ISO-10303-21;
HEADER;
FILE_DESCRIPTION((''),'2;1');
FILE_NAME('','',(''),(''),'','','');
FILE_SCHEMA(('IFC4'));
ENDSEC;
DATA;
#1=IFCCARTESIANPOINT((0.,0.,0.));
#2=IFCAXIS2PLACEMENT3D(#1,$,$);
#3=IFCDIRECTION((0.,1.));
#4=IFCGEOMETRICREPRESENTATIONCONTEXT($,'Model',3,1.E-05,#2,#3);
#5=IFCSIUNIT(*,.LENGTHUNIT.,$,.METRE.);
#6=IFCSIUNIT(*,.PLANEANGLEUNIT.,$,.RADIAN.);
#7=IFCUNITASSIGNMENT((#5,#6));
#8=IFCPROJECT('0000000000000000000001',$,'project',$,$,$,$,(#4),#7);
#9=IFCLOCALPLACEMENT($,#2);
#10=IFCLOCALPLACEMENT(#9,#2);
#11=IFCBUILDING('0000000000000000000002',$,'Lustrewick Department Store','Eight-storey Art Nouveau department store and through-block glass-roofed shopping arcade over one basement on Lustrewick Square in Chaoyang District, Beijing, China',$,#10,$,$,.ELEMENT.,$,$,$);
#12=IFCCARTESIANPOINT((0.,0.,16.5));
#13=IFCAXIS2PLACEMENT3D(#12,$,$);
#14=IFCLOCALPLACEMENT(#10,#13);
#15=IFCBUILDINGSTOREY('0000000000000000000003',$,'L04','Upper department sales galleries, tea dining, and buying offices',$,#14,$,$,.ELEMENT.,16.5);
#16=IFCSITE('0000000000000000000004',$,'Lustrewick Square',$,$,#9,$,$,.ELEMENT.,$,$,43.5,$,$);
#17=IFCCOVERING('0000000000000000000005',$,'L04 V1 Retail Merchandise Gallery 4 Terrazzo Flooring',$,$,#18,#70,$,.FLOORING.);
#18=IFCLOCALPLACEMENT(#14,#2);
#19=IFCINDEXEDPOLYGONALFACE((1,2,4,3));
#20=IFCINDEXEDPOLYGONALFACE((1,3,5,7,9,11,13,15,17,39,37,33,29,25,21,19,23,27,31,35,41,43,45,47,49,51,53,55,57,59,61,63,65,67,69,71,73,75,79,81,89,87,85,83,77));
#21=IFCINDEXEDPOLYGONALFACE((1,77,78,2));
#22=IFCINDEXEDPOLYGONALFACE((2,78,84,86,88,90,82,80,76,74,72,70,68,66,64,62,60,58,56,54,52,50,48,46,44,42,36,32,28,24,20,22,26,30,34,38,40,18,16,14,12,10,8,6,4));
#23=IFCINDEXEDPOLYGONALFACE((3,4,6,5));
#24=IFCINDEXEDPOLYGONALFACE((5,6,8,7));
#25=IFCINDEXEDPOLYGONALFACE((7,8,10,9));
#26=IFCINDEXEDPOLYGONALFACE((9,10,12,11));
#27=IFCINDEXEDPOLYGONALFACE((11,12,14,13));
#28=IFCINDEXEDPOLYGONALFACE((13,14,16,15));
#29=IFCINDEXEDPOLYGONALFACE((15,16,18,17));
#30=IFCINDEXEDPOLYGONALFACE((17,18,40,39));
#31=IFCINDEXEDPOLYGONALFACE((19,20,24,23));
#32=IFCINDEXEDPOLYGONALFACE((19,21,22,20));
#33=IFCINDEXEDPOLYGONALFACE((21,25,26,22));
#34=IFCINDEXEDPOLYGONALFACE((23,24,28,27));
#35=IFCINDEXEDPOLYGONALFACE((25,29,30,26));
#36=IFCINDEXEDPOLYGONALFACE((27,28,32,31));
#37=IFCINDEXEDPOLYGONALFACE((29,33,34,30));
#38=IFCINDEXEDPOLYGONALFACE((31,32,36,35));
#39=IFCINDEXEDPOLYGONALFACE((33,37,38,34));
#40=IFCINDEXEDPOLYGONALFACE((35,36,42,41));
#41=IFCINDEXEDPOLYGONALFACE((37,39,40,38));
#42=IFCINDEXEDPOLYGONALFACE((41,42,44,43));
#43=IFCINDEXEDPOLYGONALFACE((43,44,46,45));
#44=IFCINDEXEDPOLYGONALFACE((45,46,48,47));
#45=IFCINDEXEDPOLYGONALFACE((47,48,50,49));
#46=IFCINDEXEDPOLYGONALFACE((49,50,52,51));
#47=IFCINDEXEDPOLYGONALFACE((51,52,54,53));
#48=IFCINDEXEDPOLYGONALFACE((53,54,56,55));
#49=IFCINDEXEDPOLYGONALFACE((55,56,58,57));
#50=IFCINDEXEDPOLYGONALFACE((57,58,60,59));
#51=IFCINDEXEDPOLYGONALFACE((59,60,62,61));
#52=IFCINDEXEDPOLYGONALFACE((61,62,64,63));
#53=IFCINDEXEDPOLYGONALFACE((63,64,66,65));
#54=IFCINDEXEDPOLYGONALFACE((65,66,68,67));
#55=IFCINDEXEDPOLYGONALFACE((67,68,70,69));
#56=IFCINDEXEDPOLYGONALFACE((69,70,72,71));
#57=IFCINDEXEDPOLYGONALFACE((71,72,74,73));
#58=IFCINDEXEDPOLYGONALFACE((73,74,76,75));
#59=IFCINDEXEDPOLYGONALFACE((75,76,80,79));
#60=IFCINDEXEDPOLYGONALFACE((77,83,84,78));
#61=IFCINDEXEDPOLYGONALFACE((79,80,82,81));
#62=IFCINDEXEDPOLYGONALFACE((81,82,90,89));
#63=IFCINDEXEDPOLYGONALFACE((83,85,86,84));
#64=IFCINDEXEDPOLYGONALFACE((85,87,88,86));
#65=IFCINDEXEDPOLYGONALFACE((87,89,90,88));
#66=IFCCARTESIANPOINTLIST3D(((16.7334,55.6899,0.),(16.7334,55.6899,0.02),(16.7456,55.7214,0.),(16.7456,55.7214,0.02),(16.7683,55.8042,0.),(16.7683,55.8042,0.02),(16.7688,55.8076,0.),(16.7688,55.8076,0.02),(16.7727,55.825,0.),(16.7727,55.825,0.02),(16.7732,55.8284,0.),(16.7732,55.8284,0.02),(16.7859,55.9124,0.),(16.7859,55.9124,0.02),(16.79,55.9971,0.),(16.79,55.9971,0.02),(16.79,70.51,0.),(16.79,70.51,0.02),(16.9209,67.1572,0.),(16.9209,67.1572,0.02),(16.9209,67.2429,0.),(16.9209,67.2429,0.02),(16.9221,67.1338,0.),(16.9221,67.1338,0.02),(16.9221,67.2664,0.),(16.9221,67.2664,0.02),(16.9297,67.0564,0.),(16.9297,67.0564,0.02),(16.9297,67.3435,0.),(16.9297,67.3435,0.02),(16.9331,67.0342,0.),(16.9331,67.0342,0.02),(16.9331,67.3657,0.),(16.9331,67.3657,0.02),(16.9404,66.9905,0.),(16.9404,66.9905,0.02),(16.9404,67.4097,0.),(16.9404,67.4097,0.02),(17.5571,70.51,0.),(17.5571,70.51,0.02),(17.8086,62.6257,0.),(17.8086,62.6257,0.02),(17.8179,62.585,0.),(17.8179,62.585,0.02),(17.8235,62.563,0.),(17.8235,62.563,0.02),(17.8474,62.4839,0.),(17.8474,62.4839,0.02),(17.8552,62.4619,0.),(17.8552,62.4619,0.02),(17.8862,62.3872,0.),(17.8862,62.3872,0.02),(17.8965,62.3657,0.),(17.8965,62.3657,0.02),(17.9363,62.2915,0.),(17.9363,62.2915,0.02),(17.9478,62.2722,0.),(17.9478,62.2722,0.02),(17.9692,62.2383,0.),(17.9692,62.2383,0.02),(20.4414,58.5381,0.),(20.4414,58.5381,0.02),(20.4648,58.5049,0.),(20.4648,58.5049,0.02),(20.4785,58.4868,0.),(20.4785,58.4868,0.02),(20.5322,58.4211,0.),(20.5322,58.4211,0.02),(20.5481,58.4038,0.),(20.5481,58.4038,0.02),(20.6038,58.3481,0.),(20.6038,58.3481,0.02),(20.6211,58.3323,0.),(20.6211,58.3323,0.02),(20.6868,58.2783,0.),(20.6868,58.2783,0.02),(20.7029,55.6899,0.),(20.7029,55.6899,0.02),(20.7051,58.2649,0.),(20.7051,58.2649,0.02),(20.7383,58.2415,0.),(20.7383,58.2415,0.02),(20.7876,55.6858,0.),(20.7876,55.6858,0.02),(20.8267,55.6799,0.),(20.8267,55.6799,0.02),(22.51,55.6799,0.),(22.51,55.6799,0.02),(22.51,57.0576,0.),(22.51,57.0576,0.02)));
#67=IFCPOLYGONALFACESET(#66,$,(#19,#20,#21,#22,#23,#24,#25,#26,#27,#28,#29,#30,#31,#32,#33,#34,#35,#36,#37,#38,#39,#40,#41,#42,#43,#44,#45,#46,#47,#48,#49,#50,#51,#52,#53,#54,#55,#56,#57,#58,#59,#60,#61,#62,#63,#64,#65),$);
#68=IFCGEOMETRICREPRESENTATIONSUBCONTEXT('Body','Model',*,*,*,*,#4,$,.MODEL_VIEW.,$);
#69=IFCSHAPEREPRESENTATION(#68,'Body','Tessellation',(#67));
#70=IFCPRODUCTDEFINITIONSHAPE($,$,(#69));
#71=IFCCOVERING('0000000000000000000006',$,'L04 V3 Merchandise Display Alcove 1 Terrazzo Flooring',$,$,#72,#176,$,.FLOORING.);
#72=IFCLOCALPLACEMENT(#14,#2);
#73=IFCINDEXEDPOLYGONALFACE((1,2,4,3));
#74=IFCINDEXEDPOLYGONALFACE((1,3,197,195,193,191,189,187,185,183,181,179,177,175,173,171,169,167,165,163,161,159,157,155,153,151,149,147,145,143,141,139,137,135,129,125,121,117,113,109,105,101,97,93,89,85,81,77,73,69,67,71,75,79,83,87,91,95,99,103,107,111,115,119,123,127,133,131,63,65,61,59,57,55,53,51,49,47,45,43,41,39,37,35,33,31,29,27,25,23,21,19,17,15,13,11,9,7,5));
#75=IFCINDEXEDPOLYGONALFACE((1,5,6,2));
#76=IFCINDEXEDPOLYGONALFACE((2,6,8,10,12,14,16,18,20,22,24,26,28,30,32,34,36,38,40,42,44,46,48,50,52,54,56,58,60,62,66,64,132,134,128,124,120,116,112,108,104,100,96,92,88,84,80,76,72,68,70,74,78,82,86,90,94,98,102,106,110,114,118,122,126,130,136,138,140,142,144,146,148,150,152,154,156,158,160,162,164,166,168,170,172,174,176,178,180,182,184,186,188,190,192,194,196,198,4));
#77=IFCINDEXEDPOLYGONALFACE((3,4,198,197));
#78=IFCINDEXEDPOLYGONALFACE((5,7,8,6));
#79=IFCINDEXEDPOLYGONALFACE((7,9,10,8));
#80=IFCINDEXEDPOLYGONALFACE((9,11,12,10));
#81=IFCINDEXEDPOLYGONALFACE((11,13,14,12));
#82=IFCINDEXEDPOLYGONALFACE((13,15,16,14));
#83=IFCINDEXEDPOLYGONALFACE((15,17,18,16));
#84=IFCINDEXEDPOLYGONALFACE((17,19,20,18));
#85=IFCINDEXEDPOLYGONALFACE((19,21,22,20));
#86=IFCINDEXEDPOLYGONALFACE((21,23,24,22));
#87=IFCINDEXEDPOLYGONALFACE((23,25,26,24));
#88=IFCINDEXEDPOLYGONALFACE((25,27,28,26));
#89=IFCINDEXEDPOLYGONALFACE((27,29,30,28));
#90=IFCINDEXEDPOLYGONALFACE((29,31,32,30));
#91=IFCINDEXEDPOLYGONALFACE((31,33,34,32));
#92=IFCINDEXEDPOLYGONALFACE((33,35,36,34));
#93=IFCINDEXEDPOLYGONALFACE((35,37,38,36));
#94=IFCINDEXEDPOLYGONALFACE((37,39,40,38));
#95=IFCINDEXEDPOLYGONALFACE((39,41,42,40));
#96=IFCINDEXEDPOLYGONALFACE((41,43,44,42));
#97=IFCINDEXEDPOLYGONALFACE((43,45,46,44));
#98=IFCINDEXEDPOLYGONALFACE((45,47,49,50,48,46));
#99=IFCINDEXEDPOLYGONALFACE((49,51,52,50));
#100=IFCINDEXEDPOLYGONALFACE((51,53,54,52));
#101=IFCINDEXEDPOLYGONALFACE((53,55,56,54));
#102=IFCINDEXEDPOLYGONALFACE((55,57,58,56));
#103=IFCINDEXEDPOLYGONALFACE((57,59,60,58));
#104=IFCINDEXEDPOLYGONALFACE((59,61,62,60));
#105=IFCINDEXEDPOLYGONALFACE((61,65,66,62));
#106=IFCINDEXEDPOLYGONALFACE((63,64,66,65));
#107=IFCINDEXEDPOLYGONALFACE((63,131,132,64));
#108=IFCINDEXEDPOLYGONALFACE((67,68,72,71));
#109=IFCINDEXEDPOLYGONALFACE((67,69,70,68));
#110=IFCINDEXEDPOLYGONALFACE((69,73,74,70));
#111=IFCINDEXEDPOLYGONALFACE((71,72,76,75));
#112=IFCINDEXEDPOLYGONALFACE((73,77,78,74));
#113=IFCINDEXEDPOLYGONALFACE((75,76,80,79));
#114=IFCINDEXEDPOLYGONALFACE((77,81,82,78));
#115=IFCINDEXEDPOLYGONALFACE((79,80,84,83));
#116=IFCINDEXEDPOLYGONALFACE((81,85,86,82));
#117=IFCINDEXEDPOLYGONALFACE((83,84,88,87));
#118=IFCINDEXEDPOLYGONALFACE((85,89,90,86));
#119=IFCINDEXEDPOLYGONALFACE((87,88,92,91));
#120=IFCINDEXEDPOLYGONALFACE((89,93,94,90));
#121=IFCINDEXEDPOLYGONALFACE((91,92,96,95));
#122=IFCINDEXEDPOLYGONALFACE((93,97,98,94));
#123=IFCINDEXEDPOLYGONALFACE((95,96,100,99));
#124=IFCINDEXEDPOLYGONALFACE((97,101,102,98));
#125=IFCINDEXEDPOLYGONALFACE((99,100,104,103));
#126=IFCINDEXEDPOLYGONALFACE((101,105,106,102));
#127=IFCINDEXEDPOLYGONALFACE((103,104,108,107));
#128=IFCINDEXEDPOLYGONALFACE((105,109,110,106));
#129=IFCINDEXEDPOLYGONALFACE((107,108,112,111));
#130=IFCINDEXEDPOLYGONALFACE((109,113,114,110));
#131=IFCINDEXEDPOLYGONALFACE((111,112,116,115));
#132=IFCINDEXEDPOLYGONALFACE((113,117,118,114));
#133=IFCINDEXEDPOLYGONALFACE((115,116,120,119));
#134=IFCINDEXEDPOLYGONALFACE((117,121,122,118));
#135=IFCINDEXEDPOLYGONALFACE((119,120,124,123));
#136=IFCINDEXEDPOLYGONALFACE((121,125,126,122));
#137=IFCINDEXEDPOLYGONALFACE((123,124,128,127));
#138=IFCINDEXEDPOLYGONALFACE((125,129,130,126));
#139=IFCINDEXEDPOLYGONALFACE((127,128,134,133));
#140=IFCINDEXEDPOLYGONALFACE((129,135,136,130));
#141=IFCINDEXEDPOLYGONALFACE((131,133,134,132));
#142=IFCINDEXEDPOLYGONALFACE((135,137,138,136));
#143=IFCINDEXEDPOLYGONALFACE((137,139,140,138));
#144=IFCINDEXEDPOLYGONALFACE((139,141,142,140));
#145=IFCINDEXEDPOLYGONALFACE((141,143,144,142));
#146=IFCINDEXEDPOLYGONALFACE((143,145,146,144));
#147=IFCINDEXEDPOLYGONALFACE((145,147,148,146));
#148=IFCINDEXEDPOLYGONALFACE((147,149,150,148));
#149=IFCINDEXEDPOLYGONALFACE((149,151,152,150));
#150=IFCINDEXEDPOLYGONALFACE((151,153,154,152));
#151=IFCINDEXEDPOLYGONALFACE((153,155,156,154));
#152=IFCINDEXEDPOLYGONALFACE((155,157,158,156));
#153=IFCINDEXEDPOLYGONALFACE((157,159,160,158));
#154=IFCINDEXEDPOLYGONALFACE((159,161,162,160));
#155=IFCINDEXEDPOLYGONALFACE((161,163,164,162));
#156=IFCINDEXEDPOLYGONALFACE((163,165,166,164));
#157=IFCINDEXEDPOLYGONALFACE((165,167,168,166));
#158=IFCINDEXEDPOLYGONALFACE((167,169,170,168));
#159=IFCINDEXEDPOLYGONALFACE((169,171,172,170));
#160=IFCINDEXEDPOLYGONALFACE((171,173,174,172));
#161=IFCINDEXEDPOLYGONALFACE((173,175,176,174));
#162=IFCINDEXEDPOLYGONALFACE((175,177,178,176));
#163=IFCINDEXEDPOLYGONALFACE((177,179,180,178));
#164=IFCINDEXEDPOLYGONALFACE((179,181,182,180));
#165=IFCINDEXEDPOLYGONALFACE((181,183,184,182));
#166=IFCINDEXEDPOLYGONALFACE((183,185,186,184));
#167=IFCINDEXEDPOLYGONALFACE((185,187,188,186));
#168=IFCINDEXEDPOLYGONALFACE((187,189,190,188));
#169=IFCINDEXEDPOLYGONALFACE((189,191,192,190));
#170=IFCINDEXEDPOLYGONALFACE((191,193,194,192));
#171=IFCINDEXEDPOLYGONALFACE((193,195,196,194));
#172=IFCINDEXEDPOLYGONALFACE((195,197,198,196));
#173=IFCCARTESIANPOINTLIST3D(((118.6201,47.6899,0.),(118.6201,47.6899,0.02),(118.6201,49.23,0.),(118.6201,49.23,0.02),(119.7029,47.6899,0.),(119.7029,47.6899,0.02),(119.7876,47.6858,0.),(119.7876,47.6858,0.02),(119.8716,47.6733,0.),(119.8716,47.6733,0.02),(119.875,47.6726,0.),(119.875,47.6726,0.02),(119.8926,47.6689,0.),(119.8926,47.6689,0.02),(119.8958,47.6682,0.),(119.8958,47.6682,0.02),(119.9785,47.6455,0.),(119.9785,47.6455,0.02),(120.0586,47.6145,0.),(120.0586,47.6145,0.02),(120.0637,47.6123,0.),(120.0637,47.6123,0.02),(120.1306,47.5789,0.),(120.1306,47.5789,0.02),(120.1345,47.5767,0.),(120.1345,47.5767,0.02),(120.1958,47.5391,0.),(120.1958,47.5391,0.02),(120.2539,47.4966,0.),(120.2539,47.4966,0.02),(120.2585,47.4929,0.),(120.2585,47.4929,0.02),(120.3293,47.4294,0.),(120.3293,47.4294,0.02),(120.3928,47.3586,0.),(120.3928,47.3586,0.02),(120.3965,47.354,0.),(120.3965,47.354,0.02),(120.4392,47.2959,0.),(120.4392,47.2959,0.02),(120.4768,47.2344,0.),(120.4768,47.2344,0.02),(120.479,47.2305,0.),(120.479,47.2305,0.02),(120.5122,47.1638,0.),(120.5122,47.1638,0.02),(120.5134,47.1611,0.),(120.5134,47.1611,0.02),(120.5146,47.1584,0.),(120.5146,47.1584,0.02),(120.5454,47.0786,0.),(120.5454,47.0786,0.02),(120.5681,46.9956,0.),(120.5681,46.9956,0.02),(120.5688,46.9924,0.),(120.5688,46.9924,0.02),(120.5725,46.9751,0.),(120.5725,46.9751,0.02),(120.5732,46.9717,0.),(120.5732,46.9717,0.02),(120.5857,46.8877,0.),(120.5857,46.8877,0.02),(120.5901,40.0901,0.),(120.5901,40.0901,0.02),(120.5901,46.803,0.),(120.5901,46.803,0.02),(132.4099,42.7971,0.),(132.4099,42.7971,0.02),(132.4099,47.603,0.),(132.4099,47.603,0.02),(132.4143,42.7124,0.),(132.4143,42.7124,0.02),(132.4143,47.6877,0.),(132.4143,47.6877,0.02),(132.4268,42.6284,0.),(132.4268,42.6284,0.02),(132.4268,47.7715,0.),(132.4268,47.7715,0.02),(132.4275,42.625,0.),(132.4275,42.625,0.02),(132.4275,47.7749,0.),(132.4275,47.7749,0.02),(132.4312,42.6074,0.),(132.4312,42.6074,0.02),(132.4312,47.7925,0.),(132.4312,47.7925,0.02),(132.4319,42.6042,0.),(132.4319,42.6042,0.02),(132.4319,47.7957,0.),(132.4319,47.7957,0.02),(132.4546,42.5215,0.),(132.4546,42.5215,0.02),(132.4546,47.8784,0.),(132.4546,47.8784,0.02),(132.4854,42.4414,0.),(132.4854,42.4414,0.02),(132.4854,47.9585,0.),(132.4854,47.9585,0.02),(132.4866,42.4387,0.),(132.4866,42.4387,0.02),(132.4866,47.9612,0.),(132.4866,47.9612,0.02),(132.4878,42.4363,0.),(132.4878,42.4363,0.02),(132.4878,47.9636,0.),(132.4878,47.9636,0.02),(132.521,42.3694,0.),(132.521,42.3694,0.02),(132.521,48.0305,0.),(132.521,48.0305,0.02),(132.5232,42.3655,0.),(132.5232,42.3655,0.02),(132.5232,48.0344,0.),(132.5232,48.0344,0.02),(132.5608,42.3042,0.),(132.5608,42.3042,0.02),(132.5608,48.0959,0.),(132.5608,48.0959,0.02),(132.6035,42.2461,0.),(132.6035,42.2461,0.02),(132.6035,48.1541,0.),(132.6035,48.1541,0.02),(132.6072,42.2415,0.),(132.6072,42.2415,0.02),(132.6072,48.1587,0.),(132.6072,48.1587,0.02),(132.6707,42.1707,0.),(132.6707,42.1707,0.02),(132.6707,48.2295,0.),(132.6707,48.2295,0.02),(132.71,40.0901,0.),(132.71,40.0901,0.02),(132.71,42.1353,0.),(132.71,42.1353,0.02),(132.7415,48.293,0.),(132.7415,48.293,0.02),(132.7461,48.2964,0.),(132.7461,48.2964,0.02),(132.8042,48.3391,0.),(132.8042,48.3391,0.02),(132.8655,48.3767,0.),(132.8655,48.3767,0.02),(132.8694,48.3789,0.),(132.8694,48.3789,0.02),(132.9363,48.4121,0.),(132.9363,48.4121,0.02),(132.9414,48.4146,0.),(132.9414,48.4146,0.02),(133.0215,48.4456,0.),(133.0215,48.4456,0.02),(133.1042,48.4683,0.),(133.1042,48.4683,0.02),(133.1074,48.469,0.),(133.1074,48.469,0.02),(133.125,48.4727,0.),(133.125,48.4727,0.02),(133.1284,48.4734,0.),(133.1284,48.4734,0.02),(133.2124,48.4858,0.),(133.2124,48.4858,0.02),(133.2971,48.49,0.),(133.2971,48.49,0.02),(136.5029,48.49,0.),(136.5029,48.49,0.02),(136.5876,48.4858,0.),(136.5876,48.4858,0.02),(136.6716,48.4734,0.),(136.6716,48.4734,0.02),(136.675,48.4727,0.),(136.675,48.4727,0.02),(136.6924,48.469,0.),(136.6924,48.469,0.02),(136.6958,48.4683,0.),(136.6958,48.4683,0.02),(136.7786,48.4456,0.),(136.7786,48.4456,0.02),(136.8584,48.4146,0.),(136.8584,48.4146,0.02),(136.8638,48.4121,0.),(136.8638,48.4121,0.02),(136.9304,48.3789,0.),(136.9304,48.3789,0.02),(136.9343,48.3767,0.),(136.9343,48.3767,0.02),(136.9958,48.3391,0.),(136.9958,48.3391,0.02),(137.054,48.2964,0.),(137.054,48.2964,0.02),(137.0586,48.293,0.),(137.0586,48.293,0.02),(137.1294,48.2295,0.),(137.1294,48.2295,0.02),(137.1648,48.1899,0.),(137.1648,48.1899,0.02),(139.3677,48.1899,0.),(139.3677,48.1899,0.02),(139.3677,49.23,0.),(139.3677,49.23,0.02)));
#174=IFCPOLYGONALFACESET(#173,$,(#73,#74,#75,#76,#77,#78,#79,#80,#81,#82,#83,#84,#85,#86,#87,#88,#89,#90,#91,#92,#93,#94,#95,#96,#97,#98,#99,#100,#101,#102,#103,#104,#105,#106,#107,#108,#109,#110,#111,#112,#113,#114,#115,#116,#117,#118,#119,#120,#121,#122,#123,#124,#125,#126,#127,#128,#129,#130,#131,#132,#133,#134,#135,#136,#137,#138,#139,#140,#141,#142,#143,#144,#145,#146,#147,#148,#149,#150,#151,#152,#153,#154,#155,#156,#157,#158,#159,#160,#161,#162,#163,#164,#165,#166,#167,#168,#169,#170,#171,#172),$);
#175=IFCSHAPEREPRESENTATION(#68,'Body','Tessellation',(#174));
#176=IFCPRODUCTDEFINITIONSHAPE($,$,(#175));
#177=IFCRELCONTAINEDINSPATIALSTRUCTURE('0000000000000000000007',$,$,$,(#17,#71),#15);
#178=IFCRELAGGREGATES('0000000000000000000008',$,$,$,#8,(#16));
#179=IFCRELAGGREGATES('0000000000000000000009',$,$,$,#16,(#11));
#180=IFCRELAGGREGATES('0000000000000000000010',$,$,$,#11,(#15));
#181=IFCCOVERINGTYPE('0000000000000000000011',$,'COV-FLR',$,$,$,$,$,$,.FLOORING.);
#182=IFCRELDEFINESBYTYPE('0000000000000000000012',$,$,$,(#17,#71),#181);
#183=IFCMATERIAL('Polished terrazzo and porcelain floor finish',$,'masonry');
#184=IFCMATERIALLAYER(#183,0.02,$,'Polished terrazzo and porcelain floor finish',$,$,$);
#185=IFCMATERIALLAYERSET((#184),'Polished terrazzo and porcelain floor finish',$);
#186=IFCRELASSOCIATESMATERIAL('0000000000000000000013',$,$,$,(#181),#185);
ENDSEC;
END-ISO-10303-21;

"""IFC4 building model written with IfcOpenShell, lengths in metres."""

from ifc_helpers import new_model, si_unit, direction, frame, origin, place, context, subcontext, project, spatial, polyline, outline, extrude, material, layer, layer_set, type_object, element, save


model = new_model("IFC4")

# Units and contexts
model_context = context("Model", 3, precision=1e-05, world=origin(), true_north=direction((0.0, 1.0)))
body_context = subcontext(model_context, "Body", "Model", "MODEL_VIEW")
ifc_project = project(units=[si_unit("LENGTHUNIT", "METRE"), si_unit("PLANEANGLEUNIT", "RADIAN")], contexts=[model_context])

# Site, building, storey
site_placement = place(None, origin())
site = spatial("IfcSite", under=ifc_project, at=site_placement, Name="Lustrewick Square", CompositionType="ELEMENT", RefElevation=43.5)
building_placement = place(site_placement, origin())
building = spatial("IfcBuilding", under=site, at=building_placement, Name="Lustrewick Department Store", Description="Eight-storey Art Nouveau department store and through-block glass-roofed shopping arcade over one basement on Lustrewick Square in Chaoyang District, Beijing, China", CompositionType="ELEMENT")
storey_placement = place(building_placement, frame((0.0, 0.0, 16.5)))
storey = spatial("IfcBuildingStorey", under=building, at=storey_placement, Name="L04", Description="Upper department sales galleries, tea dining, and buying offices", CompositionType="ELEMENT", Elevation=16.5)

# Coverings
ifc_material_1 = material(Name="Polished terrazzo and porcelain floor finish", Category="masonry")
ifc_layer_1 = layer(ifc_material_1, 0.02, Name="Polished terrazzo and porcelain floor finish")
ifc_layer_set_1 = layer_set([ifc_layer_1], Name="Polished terrazzo and porcelain floor finish")
covering_type_1 = type_object("IfcCoveringType", Name="COV-FLR", PredefinedType="FLOORING", material=ifc_layer_set_1)
covering_1_placement = place(storey_placement, origin())
element("IfcCovering", 1, at=covering_1_placement, inside=storey, type_object=covering_type_1, Name="L04 V1 Retail Merchandise Gallery 4 Terrazzo Flooring", PredefinedType="FLOORING", context=body_context, shape_type="SweptSolid", body=[
    extrude(outline(polyline([(20.7029, 55.6899), (20.7876, 55.6858), (20.8267, 55.6799), (22.51, 55.6799), (22.51, 57.0576), (20.7383, 58.2415), (20.7051, 58.2649), (20.6868, 58.2783), (20.6211, 58.3323), (20.6038, 58.3481), (20.5481, 58.4038), (20.5322, 58.4211), (20.4785, 58.4868), (20.4648, 58.5049), (20.4414, 58.5381), (17.9692, 62.2383), (17.9478, 62.2722), (17.9363, 62.2915), (17.8965, 62.3657), (17.8862, 62.3872), (17.8552, 62.4619), (17.8474, 62.4839), (17.8235, 62.563), (17.8179, 62.585), (17.8086, 62.6257), (16.9404, 66.9905), (16.9331, 67.0342), (16.9297, 67.0564), (16.9221, 67.1338), (16.9209, 67.1572), (16.9209, 67.2429), (16.9221, 67.2664), (16.9297, 67.3435), (16.9331, 67.3657), (16.9404, 67.4097), (17.5571, 70.51), (16.79, 70.51), (16.79, 55.9971), (16.7859, 55.9124), (16.7732, 55.8284), (16.7727, 55.825), (16.7688, 55.8076), (16.7683, 55.8042), (16.7456, 55.7214), (16.7334, 55.6899), (20.7029, 55.6899)])), origin(), (0.0, 0.0, 1.0), 0.02),
])
covering_2_placement = place(storey_placement, origin())
element("IfcCovering", 2, at=covering_2_placement, inside=storey, type_object=covering_type_1, Name="L04 V3 Merchandise Display Alcove 1 Terrazzo Flooring", PredefinedType="FLOORING", context=body_context, shape_type="SweptSolid", body=[
    extrude(outline(polyline([(118.6201, 49.23), (118.6201, 47.6899), (119.7029, 47.6899), (119.7876, 47.6858), (119.8716, 47.6733), (119.875, 47.6726), (119.8926, 47.6689), (119.8958, 47.6682), (119.9785, 47.6455), (120.0586, 47.6145), (120.0637, 47.6123), (120.1306, 47.5789), (120.1345, 47.5767), (120.1958, 47.5391), (120.2539, 47.4966), (120.2585, 47.4929), (120.3293, 47.4294), (120.3928, 47.3586), (120.3965, 47.354), (120.4392, 47.2959), (120.4768, 47.2344), (120.479, 47.2305), (120.5122, 47.1638), (120.5134, 47.1611), (120.5146, 47.1584), (120.5454, 47.0786), (120.5681, 46.9956), (120.5688, 46.9924), (120.5725, 46.9751), (120.5732, 46.9717), (120.5857, 46.8877), (120.5901, 46.803), (120.5901, 40.0901), (132.71, 40.0901), (132.71, 42.1353), (132.6707, 42.1707), (132.6072, 42.2415), (132.6035, 42.2461), (132.5608, 42.3042), (132.5232, 42.3655), (132.521, 42.3694), (132.4878, 42.4363), (132.4866, 42.4387), (132.4854, 42.4414), (132.4546, 42.5215), (132.4319, 42.6042), (132.4312, 42.6074), (132.4275, 42.625), (132.4268, 42.6284), (132.4143, 42.7124), (132.4099, 42.7971), (132.4099, 47.603), (132.4143, 47.6877), (132.4268, 47.7715), (132.4275, 47.7749), (132.4312, 47.7925), (132.4319, 47.7957), (132.4546, 47.8784), (132.4854, 47.9585), (132.4866, 47.9612), (132.4878, 47.9636), (132.521, 48.0305), (132.5232, 48.0344), (132.5608, 48.0959), (132.6035, 48.1541), (132.6072, 48.1587), (132.6707, 48.2295), (132.7415, 48.293), (132.7461, 48.2964), (132.8042, 48.3391), (132.8655, 48.3767), (132.8694, 48.3789), (132.9363, 48.4121), (132.9414, 48.4146), (133.0215, 48.4456), (133.1042, 48.4683), (133.1074, 48.469), (133.125, 48.4727), (133.1284, 48.4734), (133.2124, 48.4858), (133.2971, 48.49), (136.5029, 48.49), (136.5876, 48.4858), (136.6716, 48.4734), (136.675, 48.4727), (136.6924, 48.469), (136.6958, 48.4683), (136.7786, 48.4456), (136.8584, 48.4146), (136.8638, 48.4121), (136.9304, 48.3789), (136.9343, 48.3767), (136.9958, 48.3391), (137.054, 48.2964), (137.0586, 48.293), (137.1294, 48.2295), (137.1648, 48.1899), (139.3677, 48.1899), (139.3677, 49.23), (118.6201, 49.23)])), origin(), (0.0, 0.0, 1.0), 0.02),
])

save(model, "model.ifc")
